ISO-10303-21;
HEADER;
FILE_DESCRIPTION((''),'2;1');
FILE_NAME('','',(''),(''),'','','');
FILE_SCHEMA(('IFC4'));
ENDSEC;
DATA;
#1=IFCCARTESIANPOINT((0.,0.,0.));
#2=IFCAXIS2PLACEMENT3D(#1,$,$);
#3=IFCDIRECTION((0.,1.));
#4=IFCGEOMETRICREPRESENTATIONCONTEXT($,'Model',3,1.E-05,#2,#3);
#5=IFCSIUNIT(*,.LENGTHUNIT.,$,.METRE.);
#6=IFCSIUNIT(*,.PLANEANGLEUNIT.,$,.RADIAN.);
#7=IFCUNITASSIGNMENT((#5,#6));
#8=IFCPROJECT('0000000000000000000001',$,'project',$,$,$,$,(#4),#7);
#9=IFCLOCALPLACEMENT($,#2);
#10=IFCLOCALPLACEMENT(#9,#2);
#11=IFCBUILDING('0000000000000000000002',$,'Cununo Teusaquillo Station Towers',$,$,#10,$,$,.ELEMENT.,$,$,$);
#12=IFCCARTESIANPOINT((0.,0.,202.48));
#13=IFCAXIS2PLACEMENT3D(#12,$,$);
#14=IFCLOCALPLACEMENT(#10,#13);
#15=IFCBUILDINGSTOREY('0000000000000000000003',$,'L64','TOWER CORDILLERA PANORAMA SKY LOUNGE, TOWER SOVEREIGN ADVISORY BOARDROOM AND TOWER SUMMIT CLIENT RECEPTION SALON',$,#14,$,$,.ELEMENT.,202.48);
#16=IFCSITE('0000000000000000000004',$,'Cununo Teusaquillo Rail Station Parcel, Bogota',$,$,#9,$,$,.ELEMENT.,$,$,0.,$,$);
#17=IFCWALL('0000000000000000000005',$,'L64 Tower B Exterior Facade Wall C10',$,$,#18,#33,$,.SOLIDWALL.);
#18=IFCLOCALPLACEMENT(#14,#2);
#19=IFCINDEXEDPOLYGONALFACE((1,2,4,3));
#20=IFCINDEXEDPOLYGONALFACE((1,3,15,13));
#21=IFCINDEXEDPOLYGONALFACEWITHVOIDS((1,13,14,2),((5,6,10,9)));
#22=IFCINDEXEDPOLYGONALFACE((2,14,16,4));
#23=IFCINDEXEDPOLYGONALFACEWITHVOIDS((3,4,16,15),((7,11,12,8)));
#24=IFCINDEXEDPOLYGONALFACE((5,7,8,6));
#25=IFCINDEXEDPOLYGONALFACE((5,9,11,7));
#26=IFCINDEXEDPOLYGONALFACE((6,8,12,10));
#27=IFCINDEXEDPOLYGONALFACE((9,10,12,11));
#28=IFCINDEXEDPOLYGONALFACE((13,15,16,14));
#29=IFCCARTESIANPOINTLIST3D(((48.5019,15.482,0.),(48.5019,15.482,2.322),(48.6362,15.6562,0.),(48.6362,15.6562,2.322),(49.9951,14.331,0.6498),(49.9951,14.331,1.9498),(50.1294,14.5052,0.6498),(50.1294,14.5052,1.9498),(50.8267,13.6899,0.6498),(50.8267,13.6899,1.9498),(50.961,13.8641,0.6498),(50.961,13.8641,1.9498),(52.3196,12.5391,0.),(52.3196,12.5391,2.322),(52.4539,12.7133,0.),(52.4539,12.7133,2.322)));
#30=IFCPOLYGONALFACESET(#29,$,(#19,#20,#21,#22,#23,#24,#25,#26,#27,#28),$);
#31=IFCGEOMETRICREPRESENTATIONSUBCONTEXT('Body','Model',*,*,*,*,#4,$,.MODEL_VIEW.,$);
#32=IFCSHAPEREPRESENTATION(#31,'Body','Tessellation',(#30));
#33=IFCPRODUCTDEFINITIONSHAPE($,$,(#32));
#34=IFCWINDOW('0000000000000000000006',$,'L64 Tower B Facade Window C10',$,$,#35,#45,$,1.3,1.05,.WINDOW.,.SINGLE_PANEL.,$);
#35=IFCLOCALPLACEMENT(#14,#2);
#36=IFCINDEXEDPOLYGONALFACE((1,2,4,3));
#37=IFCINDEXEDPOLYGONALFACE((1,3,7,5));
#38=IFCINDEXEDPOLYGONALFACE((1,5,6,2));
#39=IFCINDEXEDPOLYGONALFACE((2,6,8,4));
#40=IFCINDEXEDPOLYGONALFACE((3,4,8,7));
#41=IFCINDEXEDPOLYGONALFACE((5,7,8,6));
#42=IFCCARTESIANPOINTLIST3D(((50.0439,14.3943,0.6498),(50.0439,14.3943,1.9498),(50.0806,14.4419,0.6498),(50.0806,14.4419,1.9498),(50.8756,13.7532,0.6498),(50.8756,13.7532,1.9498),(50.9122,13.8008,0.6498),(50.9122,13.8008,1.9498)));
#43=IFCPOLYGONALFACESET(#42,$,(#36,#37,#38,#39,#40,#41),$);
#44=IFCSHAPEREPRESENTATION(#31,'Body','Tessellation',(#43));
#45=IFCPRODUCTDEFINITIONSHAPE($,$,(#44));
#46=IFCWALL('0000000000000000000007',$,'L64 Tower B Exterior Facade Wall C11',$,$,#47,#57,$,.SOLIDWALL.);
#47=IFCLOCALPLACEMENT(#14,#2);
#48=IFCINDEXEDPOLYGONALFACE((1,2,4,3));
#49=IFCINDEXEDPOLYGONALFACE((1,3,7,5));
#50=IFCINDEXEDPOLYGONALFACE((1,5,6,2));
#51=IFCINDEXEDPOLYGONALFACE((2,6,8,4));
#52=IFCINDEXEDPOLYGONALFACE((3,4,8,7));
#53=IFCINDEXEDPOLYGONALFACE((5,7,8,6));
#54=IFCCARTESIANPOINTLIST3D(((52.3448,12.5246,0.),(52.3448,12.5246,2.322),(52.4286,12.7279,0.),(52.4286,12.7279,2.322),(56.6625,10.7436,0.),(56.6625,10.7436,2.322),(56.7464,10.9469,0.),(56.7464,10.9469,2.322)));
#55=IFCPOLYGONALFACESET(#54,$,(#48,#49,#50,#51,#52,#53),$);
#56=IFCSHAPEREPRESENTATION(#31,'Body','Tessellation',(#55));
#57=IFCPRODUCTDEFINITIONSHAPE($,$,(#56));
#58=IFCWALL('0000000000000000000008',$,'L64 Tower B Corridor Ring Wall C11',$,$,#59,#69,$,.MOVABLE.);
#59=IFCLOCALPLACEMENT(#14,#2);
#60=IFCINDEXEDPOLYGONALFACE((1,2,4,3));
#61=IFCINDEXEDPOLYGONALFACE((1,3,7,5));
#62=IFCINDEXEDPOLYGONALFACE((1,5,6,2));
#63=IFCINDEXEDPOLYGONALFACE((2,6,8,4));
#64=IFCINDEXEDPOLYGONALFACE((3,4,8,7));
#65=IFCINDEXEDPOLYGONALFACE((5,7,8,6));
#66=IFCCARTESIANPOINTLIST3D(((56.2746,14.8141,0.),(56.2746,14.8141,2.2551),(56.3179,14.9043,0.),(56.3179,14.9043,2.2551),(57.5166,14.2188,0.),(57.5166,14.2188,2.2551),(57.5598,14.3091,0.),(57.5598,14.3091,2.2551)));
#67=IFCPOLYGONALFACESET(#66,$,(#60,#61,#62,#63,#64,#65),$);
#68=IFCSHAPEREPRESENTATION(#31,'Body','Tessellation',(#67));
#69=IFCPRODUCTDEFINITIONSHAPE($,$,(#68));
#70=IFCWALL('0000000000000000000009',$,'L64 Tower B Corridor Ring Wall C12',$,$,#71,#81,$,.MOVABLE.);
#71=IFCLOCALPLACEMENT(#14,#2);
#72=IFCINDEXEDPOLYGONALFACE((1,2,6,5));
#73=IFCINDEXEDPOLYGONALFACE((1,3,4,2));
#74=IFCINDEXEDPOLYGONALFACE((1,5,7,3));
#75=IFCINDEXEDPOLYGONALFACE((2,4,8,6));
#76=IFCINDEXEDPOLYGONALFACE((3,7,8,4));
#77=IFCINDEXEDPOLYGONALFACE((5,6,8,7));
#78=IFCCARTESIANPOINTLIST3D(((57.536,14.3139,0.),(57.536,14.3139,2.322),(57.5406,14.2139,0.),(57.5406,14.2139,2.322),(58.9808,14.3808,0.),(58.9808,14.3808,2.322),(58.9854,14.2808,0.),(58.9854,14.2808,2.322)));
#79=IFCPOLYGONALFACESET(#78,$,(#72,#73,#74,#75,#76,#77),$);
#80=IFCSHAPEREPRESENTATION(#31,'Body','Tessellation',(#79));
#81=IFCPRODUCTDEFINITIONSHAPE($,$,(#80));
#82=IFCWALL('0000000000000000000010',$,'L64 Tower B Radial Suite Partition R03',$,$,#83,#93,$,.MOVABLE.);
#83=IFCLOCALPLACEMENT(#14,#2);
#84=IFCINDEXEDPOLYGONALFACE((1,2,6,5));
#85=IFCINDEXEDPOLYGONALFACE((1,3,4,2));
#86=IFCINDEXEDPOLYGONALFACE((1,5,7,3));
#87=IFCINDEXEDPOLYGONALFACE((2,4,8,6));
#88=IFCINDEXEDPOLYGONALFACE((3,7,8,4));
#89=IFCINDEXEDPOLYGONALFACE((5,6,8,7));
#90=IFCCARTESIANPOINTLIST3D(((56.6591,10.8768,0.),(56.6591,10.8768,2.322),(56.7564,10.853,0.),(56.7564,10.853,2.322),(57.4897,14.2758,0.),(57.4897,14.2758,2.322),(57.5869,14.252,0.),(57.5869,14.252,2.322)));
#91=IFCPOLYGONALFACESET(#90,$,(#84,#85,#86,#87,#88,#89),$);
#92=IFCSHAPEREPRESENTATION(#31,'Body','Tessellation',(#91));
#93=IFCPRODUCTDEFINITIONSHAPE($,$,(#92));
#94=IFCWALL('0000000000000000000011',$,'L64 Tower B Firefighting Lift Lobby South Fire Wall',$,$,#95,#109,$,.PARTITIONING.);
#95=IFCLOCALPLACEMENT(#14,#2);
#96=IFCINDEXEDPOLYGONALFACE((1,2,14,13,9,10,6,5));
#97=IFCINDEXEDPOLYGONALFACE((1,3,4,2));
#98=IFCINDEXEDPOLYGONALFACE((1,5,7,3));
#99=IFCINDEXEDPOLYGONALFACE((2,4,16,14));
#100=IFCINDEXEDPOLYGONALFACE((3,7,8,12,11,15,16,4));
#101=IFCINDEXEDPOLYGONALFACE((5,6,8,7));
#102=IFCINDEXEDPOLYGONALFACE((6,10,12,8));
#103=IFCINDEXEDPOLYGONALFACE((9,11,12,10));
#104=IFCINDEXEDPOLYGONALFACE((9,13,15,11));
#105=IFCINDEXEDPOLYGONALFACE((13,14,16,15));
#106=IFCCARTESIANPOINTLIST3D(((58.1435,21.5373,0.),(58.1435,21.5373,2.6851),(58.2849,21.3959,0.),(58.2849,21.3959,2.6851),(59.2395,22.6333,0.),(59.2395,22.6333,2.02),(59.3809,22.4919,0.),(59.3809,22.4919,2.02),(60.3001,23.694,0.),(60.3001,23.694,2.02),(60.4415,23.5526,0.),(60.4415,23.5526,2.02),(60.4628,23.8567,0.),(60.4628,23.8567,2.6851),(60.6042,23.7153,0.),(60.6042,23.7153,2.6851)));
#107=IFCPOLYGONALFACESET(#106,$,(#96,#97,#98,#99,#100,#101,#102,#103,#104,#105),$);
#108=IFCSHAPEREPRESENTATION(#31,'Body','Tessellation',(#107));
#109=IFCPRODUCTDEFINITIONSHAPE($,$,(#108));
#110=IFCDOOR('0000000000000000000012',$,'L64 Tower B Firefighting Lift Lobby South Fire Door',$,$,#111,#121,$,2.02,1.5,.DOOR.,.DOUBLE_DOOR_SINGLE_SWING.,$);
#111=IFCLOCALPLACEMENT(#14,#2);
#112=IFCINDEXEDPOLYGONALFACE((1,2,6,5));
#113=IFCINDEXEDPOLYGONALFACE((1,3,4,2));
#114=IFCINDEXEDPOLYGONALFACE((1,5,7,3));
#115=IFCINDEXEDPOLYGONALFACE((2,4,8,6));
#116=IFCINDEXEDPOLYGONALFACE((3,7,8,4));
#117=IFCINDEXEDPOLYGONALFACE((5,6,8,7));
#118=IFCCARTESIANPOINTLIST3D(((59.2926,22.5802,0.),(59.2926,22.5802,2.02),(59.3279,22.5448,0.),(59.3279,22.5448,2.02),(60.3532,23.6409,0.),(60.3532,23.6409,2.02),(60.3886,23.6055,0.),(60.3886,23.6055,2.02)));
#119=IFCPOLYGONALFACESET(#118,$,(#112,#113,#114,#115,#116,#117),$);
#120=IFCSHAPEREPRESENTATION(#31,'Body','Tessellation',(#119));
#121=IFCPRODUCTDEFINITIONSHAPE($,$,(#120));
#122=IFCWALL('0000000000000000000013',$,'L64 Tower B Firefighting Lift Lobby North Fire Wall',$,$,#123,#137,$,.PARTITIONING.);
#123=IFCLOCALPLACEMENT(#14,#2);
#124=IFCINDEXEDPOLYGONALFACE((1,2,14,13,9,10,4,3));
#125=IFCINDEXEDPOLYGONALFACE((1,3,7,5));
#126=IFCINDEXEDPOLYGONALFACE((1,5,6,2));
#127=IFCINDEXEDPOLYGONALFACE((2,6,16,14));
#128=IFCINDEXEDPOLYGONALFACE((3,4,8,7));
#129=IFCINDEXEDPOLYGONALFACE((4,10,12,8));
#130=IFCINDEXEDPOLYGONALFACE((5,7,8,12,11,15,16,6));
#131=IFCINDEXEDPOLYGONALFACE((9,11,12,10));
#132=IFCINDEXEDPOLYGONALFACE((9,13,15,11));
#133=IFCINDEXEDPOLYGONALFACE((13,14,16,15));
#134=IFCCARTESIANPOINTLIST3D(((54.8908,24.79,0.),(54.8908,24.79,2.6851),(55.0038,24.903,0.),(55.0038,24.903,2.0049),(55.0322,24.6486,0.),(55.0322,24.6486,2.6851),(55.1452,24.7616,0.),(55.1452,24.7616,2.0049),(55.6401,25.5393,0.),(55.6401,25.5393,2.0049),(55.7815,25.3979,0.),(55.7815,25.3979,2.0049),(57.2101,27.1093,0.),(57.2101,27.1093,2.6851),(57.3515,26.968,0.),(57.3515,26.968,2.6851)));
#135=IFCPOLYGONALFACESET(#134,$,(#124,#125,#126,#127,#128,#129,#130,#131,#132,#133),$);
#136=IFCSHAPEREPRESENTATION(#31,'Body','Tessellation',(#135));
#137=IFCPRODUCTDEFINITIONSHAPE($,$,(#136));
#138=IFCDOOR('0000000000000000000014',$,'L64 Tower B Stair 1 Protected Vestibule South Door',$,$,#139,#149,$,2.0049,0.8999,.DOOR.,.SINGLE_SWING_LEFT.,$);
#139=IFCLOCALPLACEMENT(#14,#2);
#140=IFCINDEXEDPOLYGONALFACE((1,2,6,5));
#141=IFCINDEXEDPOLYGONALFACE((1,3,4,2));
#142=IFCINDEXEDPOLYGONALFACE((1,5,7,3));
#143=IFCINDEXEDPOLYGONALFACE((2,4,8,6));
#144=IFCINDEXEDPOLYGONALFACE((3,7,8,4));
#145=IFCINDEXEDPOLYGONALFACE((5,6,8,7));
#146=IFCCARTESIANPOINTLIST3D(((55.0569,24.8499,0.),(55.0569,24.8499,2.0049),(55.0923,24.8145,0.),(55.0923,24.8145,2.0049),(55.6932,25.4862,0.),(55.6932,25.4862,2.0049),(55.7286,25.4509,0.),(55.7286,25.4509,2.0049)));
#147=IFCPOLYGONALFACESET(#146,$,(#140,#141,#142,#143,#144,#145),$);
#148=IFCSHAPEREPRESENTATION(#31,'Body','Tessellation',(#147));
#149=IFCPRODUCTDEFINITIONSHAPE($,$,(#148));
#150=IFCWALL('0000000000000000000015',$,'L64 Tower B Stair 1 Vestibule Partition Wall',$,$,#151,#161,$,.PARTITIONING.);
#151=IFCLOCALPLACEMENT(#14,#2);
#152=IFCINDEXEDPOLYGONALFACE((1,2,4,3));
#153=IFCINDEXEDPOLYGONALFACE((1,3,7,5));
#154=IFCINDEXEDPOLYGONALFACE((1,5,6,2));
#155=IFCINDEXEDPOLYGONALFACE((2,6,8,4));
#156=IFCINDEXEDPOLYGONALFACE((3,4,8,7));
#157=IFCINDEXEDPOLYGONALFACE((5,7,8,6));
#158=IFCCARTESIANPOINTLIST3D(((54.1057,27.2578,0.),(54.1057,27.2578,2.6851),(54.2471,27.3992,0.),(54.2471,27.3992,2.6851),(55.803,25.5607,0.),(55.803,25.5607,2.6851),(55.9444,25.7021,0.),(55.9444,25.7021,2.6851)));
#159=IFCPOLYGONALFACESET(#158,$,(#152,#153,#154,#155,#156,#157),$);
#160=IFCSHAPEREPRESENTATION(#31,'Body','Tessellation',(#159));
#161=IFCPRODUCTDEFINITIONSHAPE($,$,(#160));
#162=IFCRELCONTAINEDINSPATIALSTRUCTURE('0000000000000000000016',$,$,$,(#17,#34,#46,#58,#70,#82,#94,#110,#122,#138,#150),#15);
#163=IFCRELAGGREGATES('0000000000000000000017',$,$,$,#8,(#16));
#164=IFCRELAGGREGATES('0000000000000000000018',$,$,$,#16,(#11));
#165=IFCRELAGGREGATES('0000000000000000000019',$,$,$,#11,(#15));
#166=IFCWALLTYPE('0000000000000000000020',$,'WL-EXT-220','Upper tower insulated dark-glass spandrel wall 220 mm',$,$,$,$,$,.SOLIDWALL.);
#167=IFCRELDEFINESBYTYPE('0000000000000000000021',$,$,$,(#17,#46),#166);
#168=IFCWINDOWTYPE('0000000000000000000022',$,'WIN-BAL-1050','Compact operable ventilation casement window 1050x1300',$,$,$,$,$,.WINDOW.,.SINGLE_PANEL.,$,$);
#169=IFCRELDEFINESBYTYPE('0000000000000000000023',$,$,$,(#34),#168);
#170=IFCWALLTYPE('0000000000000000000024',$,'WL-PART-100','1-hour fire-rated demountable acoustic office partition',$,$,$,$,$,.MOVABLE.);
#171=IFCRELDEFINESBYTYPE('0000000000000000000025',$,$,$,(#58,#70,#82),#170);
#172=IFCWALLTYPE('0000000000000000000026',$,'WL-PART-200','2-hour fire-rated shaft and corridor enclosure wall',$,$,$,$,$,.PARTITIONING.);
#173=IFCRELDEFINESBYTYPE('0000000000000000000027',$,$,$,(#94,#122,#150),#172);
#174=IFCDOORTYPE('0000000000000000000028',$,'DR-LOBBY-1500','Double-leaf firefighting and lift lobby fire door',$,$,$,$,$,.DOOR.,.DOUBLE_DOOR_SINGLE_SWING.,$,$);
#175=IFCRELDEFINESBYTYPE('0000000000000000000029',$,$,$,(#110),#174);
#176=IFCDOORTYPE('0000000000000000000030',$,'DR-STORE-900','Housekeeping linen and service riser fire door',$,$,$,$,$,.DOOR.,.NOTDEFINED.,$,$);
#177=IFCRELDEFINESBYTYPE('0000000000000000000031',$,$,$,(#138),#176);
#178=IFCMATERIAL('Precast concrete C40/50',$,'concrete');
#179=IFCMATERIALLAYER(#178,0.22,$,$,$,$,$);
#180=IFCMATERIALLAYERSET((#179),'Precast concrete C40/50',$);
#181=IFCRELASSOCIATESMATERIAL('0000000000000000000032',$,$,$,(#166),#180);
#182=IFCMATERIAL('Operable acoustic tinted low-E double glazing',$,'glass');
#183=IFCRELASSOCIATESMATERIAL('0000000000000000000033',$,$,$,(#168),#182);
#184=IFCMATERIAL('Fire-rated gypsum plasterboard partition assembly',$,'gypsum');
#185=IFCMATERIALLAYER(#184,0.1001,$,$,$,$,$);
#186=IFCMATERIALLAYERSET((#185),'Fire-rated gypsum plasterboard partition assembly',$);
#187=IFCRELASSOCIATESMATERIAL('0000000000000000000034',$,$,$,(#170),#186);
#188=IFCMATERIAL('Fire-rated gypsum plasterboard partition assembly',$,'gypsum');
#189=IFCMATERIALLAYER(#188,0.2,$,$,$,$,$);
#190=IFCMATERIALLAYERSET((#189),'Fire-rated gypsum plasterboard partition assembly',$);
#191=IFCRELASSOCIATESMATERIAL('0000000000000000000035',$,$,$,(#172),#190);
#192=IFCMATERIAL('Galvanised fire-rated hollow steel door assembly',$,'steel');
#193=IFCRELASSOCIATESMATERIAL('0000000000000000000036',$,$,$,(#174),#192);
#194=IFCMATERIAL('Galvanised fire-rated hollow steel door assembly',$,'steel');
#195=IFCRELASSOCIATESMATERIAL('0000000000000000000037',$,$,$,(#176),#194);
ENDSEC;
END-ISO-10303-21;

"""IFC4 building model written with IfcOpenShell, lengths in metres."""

from ifc_helpers import new_model, si_unit, direction, frame, frame_2d, origin, place, context, subcontext, project, spatial, rectangle, extrude, source, transform, mapped, material, layer, layer_set, type_object, element, fill, save


model = new_model("IFC4")

# Units and contexts
model_context = context("Model", 3, precision=1e-05, world=origin(), true_north=direction((0.0, 1.0)))
body_context = subcontext(model_context, "Body", "Model", "MODEL_VIEW")
ifc_project = project(units=[si_unit("LENGTHUNIT", "METRE"), si_unit("PLANEANGLEUNIT", "RADIAN")], contexts=[model_context])

# Site, building, storey
site_placement = place(None, origin())
site = spatial("IfcSite", under=ifc_project, at=site_placement, Name="Cununo Teusaquillo Rail Station Parcel, Bogota", CompositionType="ELEMENT", RefElevation=0.0)
building_placement = place(site_placement, origin())
building = spatial("IfcBuilding", under=site, at=building_placement, Name="Cununo Teusaquillo Station Towers", CompositionType="ELEMENT")
storey_placement = place(building_placement, frame((0.0, 0.0, 202.48)))
storey = spatial("IfcBuildingStorey", under=building, at=storey_placement, Name="L64", Description="TOWER CORDILLERA PANORAMA SKY LOUNGE, TOWER SOVEREIGN ADVISORY BOARDROOM AND TOWER SUMMIT CLIENT RECEPTION SALON", CompositionType="ELEMENT", Elevation=202.48)

# Wall, opening, window
ifc_material_1 = material(Name="Precast concrete C40/50", Category="concrete")
ifc_layer_1 = layer(ifc_material_1, 0.22)
ifc_layer_set_1 = layer_set([ifc_layer_1], Name="Precast concrete C40/50")
wall_type_1 = type_object("IfcWallType", Name="WL-EXT-220", Description="Upper tower insulated dark-glass spandrel wall 220 mm", PredefinedType="SOLIDWALL", material=ifc_layer_set_1)
wall_1_placement = place(storey_placement, frame((52.3867, 12.6262, 0.0), z_axis=(0.0, 0.0, 1.0), x_axis=(-0.791998, 0.610523, 0.0)))
wall_1 = element("IfcWall", 1, at=wall_1_placement, inside=storey, type_object=wall_type_1, Name="L64 Tower B Exterior Facade Wall C10", PredefinedType="SOLIDWALL", context=body_context, shape_type="SweptSolid", body=[
    extrude(rectangle(XDim=4.8203, YDim=0.22, at=frame_2d((2.4102, 0.0))), origin(), (0.0, 0.0, 1.0), 2.322),
])
shared_shape_1 = source(origin(), body_context, "Body", "SweptSolid", [
    extrude(rectangle(XDim=1.05, YDim=1.3, at=frame_2d((0.5249, 0.6499))), frame((0.0, 0.1199, 0.0), z_axis=(0.0, -1.0, 0.0), x_axis=(1.0, 0.0, 0.0)), (0.0, 0.0, 1.0), 0.24),
])
opening_1_placement = place(wall_1_placement, frame((1.885, 0.0, 0.6499)))
opening_1 = element("IfcOpeningElement", 2, at=opening_1_placement, cuts=wall_1, PredefinedType="OPENING", context=body_context, shape_type="MappedRepresentation", body=[
    mapped(shared_shape_1, transform((0.0, 0.0, 0.0), x_axis=(1.0, 0.0, 0.0), y_axis=(0.0, 1.0, 0.0), z_axis=(0.0, 0.0, 1.0), scale=1.0)),
])
ifc_material_2 = material(Name="Operable acoustic tinted low-E double glazing", Category="glass")
window_type = type_object("IfcWindowType", Name="WIN-BAL-1050", Description="Compact operable ventilation casement window 1050x1300", PartitioningType="SINGLE_PANEL", PredefinedType="WINDOW", material=ifc_material_2)
shared_shape_2 = source(origin(), body_context, "Body", "SweptSolid", [
    extrude(rectangle(XDim=1.05, YDim=1.3, at=frame_2d((0.5249, 0.6499))), frame((0.0, 0.03, 0.0), z_axis=(0.0, -1.0, 0.0), x_axis=(1.0, 0.0, 0.0)), (0.0, 0.0, 1.0), 0.0601),
])
window_placement = place(opening_1_placement, origin())
window = element("IfcWindow", 3, at=window_placement, inside=storey, type_object=window_type, Name="L64 Tower B Facade Window C10", OverallHeight=1.3, OverallWidth=1.05, PartitioningType="SINGLE_PANEL", PredefinedType="WINDOW", context=body_context, shape_type="MappedRepresentation", body=[
    mapped(shared_shape_2, transform((0.0, 0.0, 0.0), x_axis=(1.0, 0.0, 0.0), y_axis=(0.0, 1.0, 0.0), z_axis=(0.0, 0.0, 1.0), scale=1.0)),
])
fill(opening_1, window)

# Walls
wall_2_placement = place(storey_placement, frame((56.7046, 10.8452, 0.0), z_axis=(0.0, 0.0, 1.0), x_axis=(-0.924447, 0.38131, 0.0)))
element("IfcWall", 4, at=wall_2_placement, inside=storey, type_object=wall_type_1, Name="L64 Tower B Exterior Facade Wall C11", PredefinedType="SOLIDWALL", context=body_context, shape_type="SweptSolid", body=[
    extrude(rectangle(XDim=4.6707, YDim=0.22, at=frame_2d((2.3354, 0.0))), origin(), (0.0, 0.0, 1.0), 2.322),
])
ifc_material_3 = material(Name="Fire-rated gypsum plasterboard partition assembly", Category="gypsum")
ifc_layer_2 = layer(ifc_material_3, 0.1001)
ifc_layer_set_2 = layer_set([ifc_layer_2], Name="Fire-rated gypsum plasterboard partition assembly")
wall_type_2 = type_object("IfcWallType", Name="WL-PART-100", Description="1-hour fire-rated demountable acoustic office partition", PredefinedType="MOVABLE", material=ifc_layer_set_2)
wall_3_placement = place(storey_placement, frame((56.2964, 14.8591, 0.0), z_axis=(0.0, 0.0, 1.0), x_axis=(0.901783, -0.432189, 0.0)))
element("IfcWall", 5, at=wall_3_placement, inside=storey, type_object=wall_type_2, Name="L64 Tower B Corridor Ring Wall C11", PredefinedType="MOVABLE", context=body_context, shape_type="SweptSolid", body=[
    extrude(rectangle(XDim=1.3772, YDim=0.1001, at=frame_2d((0.6885, 0.0))), origin(), (0.0, 0.0, 1.0), 2.2551),
])
wall_4_placement = place(storey_placement, frame((57.5383, 14.2639, 0.0), z_axis=(0.0, 0.0, 1.0), x_axis=(0.99893, 0.04625, 0.0)))
element("IfcWall", 6, at=wall_4_placement, inside=storey, type_object=wall_type_2, Name="L64 Tower B Corridor Ring Wall C12", PredefinedType="MOVABLE", context=body_context, shape_type="SweptSolid", body=[
    extrude(rectangle(XDim=1.4463, YDim=0.1001, at=frame_2d((0.7231, 0.0))), origin(), (0.0, 0.0, 1.0), 2.322),
])
wall_5_placement = place(storey_placement, frame((57.5383, 14.2639, 0.0), z_axis=(0.0, 0.0, 1.0), x_axis=(-0.237377, -0.971418, 0.0)))
element("IfcWall", 7, at=wall_5_placement, inside=storey, type_object=wall_type_2, Name="L64 Tower B Radial Suite Partition R03", PredefinedType="MOVABLE", context=body_context, shape_type="SweptSolid", body=[
    extrude(rectangle(XDim=3.499, YDim=0.1001, at=frame_2d((1.7495, 0.0))), origin(), (0.0, 0.0, 1.0), 2.322),
])

# Walls, openings, doors
ifc_material_4 = material(Name="Fire-rated gypsum plasterboard partition assembly", Category="gypsum")
ifc_layer_3 = layer(ifc_material_4, 0.2)
ifc_layer_set_3 = layer_set([ifc_layer_3], Name="Fire-rated gypsum plasterboard partition assembly")
wall_type_3 = type_object("IfcWallType", Name="WL-PART-200", Description="2-hour fire-rated shaft and corridor enclosure wall", PredefinedType="PARTITIONING", material=ifc_layer_set_3)
wall_6_placement = place(storey_placement, frame((58.2141, 21.4666, 0.0), z_axis=(0.0, 0.0, 1.0), x_axis=(0.707107, 0.707107, 0.0)))
wall_6 = element("IfcWall", 8, at=wall_6_placement, inside=storey, type_object=wall_type_3, Name="L64 Tower B Firefighting Lift Lobby South Fire Wall", PredefinedType="PARTITIONING", context=body_context, shape_type="SweptSolid", body=[
    extrude(rectangle(XDim=3.28, YDim=0.2, at=frame_2d((1.6401, 0.0))), origin(), (0.0, 0.0, 1.0), 2.6851),
])
shared_shape_3 = source(origin(), body_context, "Body", "SweptSolid", [
    extrude(rectangle(XDim=1.5, YDim=2.02, at=frame_2d((0.75, 1.01))), frame((0.0, 0.1099, 0.0), z_axis=(0.0, -1.0, 0.0), x_axis=(1.0, 0.0, 0.0)), (0.0, 0.0, 1.0), 0.22),
])
opening_2_placement = place(wall_6_placement, frame((1.55, 0.0, 0.0)))
opening_2 = element("IfcOpeningElement", 9, at=opening_2_placement, cuts=wall_6, PredefinedType="OPENING", context=body_context, shape_type="MappedRepresentation", body=[
    mapped(shared_shape_3, transform((0.0, 0.0, 0.0), x_axis=(1.0, 0.0, 0.0), y_axis=(0.0, 1.0, 0.0), z_axis=(0.0, 0.0, 1.0), scale=1.0)),
])
ifc_material_5 = material(Name="Galvanised fire-rated hollow steel door assembly", Category="steel")
door_type_1 = type_object("IfcDoorType", Name="DR-LOBBY-1500", Description="Double-leaf firefighting and lift lobby fire door", OperationType="DOUBLE_DOOR_SINGLE_SWING", PredefinedType="DOOR", material=ifc_material_5)
shared_shape_4 = source(origin(), body_context, "Body", "SweptSolid", [
    extrude(rectangle(XDim=1.5, YDim=2.02, at=frame_2d((0.75, 1.01))), frame((0.0, 0.0249, 0.0), z_axis=(0.0, -1.0, 0.0), x_axis=(1.0, 0.0, 0.0)), (0.0, 0.0, 1.0), 0.05),
])
door_1_placement = place(opening_2_placement, origin())
door_1 = element("IfcDoor", 10, at=door_1_placement, inside=storey, type_object=door_type_1, Name="L64 Tower B Firefighting Lift Lobby South Fire Door", OperationType="DOUBLE_DOOR_SINGLE_SWING", OverallHeight=2.02, OverallWidth=1.5, PredefinedType="DOOR", context=body_context, shape_type="MappedRepresentation", body=[
    mapped(shared_shape_4, transform((0.0, 0.0, 0.0), x_axis=(1.0, 0.0, 0.0), y_axis=(0.0, 1.0, 0.0), z_axis=(0.0, 0.0, 1.0), scale=1.0)),
])
fill(opening_2, door_1)
wall_7_placement = place(storey_placement, frame((54.9614, 24.7192, 0.0), z_axis=(0.0, 0.0, 1.0), x_axis=(0.707107, 0.707107, 0.0)))
wall_7 = element("IfcWall", 11, at=wall_7_placement, inside=storey, type_object=wall_type_3, Name="L64 Tower B Firefighting Lift Lobby North Fire Wall", PredefinedType="PARTITIONING", context=body_context, shape_type="SweptSolid", body=[
    extrude(rectangle(XDim=3.28, YDim=0.2, at=frame_2d((1.6401, 0.0))), origin(), (0.0, 0.0, 1.0), 2.6851),
])
shared_shape_5 = source(origin(), body_context, "Body", "SweptSolid", [
    extrude(rectangle(XDim=0.8999, YDim=2.0049, at=frame_2d((0.45, 1.0024))), frame((0.0, 0.1099, 0.0), z_axis=(0.0, -1.0, 0.0), x_axis=(1.0, 0.0, 0.0)), (0.0, 0.0, 1.0), 0.22),
])
opening_3_placement = place(wall_7_placement, frame((0.1599, 0.0, 0.0)))
opening_3 = element("IfcOpeningElement", 12, at=opening_3_placement, cuts=wall_7, PredefinedType="OPENING", context=body_context, shape_type="MappedRepresentation", body=[
    mapped(shared_shape_5, transform((0.0, 0.0, 0.0), x_axis=(1.0, 0.0, 0.0), y_axis=(0.0, 1.0, 0.0), z_axis=(0.0, 0.0, 1.0), scale=1.0)),
])
ifc_material_6 = material(Name="Galvanised fire-rated hollow steel door assembly", Category="steel")
door_type_2 = type_object("IfcDoorType", Name="DR-STORE-900", Description="Housekeeping linen and service riser fire door", OperationType="NOTDEFINED", PredefinedType="DOOR", material=ifc_material_6)
shared_shape_6 = source(origin(), body_context, "Body", "SweptSolid", [
    extrude(rectangle(XDim=0.8999, YDim=2.0049, at=frame_2d((0.45, 1.0024))), frame((0.0, 0.0249, 0.0), z_axis=(0.0, -1.0, 0.0), x_axis=(1.0, 0.0, 0.0)), (0.0, 0.0, 1.0), 0.05),
])
door_2_placement = place(opening_3_placement, origin())
door_2 = element("IfcDoor", 13, at=door_2_placement, inside=storey, type_object=door_type_2, Name="L64 Tower B Stair 1 Protected Vestibule South Door", OperationType="SINGLE_SWING_LEFT", OverallHeight=2.0049, OverallWidth=0.8999, PredefinedType="DOOR", context=body_context, shape_type="MappedRepresentation", body=[
    mapped(shared_shape_6, transform((0.0, 0.0, 0.0), x_axis=(1.0, 0.0, 0.0), y_axis=(0.0, 1.0, 0.0), z_axis=(0.0, 0.0, 1.0), scale=1.0)),
])
fill(opening_3, door_2)

# Wall
wall_8_placement = place(storey_placement, frame((55.8738, 25.6313, 0.0), z_axis=(0.0, 0.0, 1.0), x_axis=(-0.707158, 0.707056, 0.0)))
element("IfcWall", 14, at=wall_8_placement, inside=storey, type_object=wall_type_3, Name="L64 Tower B Stair 1 Vestibule Partition Wall", PredefinedType="PARTITIONING", context=body_context, shape_type="SweptSolid", body=[
    extrude(rectangle(XDim=2.4001, YDim=0.2, at=frame_2d((1.2002, 0.0))), origin(), (0.0, 0.0, 1.0), 2.6851),
])

save(model, "model.ifc")
